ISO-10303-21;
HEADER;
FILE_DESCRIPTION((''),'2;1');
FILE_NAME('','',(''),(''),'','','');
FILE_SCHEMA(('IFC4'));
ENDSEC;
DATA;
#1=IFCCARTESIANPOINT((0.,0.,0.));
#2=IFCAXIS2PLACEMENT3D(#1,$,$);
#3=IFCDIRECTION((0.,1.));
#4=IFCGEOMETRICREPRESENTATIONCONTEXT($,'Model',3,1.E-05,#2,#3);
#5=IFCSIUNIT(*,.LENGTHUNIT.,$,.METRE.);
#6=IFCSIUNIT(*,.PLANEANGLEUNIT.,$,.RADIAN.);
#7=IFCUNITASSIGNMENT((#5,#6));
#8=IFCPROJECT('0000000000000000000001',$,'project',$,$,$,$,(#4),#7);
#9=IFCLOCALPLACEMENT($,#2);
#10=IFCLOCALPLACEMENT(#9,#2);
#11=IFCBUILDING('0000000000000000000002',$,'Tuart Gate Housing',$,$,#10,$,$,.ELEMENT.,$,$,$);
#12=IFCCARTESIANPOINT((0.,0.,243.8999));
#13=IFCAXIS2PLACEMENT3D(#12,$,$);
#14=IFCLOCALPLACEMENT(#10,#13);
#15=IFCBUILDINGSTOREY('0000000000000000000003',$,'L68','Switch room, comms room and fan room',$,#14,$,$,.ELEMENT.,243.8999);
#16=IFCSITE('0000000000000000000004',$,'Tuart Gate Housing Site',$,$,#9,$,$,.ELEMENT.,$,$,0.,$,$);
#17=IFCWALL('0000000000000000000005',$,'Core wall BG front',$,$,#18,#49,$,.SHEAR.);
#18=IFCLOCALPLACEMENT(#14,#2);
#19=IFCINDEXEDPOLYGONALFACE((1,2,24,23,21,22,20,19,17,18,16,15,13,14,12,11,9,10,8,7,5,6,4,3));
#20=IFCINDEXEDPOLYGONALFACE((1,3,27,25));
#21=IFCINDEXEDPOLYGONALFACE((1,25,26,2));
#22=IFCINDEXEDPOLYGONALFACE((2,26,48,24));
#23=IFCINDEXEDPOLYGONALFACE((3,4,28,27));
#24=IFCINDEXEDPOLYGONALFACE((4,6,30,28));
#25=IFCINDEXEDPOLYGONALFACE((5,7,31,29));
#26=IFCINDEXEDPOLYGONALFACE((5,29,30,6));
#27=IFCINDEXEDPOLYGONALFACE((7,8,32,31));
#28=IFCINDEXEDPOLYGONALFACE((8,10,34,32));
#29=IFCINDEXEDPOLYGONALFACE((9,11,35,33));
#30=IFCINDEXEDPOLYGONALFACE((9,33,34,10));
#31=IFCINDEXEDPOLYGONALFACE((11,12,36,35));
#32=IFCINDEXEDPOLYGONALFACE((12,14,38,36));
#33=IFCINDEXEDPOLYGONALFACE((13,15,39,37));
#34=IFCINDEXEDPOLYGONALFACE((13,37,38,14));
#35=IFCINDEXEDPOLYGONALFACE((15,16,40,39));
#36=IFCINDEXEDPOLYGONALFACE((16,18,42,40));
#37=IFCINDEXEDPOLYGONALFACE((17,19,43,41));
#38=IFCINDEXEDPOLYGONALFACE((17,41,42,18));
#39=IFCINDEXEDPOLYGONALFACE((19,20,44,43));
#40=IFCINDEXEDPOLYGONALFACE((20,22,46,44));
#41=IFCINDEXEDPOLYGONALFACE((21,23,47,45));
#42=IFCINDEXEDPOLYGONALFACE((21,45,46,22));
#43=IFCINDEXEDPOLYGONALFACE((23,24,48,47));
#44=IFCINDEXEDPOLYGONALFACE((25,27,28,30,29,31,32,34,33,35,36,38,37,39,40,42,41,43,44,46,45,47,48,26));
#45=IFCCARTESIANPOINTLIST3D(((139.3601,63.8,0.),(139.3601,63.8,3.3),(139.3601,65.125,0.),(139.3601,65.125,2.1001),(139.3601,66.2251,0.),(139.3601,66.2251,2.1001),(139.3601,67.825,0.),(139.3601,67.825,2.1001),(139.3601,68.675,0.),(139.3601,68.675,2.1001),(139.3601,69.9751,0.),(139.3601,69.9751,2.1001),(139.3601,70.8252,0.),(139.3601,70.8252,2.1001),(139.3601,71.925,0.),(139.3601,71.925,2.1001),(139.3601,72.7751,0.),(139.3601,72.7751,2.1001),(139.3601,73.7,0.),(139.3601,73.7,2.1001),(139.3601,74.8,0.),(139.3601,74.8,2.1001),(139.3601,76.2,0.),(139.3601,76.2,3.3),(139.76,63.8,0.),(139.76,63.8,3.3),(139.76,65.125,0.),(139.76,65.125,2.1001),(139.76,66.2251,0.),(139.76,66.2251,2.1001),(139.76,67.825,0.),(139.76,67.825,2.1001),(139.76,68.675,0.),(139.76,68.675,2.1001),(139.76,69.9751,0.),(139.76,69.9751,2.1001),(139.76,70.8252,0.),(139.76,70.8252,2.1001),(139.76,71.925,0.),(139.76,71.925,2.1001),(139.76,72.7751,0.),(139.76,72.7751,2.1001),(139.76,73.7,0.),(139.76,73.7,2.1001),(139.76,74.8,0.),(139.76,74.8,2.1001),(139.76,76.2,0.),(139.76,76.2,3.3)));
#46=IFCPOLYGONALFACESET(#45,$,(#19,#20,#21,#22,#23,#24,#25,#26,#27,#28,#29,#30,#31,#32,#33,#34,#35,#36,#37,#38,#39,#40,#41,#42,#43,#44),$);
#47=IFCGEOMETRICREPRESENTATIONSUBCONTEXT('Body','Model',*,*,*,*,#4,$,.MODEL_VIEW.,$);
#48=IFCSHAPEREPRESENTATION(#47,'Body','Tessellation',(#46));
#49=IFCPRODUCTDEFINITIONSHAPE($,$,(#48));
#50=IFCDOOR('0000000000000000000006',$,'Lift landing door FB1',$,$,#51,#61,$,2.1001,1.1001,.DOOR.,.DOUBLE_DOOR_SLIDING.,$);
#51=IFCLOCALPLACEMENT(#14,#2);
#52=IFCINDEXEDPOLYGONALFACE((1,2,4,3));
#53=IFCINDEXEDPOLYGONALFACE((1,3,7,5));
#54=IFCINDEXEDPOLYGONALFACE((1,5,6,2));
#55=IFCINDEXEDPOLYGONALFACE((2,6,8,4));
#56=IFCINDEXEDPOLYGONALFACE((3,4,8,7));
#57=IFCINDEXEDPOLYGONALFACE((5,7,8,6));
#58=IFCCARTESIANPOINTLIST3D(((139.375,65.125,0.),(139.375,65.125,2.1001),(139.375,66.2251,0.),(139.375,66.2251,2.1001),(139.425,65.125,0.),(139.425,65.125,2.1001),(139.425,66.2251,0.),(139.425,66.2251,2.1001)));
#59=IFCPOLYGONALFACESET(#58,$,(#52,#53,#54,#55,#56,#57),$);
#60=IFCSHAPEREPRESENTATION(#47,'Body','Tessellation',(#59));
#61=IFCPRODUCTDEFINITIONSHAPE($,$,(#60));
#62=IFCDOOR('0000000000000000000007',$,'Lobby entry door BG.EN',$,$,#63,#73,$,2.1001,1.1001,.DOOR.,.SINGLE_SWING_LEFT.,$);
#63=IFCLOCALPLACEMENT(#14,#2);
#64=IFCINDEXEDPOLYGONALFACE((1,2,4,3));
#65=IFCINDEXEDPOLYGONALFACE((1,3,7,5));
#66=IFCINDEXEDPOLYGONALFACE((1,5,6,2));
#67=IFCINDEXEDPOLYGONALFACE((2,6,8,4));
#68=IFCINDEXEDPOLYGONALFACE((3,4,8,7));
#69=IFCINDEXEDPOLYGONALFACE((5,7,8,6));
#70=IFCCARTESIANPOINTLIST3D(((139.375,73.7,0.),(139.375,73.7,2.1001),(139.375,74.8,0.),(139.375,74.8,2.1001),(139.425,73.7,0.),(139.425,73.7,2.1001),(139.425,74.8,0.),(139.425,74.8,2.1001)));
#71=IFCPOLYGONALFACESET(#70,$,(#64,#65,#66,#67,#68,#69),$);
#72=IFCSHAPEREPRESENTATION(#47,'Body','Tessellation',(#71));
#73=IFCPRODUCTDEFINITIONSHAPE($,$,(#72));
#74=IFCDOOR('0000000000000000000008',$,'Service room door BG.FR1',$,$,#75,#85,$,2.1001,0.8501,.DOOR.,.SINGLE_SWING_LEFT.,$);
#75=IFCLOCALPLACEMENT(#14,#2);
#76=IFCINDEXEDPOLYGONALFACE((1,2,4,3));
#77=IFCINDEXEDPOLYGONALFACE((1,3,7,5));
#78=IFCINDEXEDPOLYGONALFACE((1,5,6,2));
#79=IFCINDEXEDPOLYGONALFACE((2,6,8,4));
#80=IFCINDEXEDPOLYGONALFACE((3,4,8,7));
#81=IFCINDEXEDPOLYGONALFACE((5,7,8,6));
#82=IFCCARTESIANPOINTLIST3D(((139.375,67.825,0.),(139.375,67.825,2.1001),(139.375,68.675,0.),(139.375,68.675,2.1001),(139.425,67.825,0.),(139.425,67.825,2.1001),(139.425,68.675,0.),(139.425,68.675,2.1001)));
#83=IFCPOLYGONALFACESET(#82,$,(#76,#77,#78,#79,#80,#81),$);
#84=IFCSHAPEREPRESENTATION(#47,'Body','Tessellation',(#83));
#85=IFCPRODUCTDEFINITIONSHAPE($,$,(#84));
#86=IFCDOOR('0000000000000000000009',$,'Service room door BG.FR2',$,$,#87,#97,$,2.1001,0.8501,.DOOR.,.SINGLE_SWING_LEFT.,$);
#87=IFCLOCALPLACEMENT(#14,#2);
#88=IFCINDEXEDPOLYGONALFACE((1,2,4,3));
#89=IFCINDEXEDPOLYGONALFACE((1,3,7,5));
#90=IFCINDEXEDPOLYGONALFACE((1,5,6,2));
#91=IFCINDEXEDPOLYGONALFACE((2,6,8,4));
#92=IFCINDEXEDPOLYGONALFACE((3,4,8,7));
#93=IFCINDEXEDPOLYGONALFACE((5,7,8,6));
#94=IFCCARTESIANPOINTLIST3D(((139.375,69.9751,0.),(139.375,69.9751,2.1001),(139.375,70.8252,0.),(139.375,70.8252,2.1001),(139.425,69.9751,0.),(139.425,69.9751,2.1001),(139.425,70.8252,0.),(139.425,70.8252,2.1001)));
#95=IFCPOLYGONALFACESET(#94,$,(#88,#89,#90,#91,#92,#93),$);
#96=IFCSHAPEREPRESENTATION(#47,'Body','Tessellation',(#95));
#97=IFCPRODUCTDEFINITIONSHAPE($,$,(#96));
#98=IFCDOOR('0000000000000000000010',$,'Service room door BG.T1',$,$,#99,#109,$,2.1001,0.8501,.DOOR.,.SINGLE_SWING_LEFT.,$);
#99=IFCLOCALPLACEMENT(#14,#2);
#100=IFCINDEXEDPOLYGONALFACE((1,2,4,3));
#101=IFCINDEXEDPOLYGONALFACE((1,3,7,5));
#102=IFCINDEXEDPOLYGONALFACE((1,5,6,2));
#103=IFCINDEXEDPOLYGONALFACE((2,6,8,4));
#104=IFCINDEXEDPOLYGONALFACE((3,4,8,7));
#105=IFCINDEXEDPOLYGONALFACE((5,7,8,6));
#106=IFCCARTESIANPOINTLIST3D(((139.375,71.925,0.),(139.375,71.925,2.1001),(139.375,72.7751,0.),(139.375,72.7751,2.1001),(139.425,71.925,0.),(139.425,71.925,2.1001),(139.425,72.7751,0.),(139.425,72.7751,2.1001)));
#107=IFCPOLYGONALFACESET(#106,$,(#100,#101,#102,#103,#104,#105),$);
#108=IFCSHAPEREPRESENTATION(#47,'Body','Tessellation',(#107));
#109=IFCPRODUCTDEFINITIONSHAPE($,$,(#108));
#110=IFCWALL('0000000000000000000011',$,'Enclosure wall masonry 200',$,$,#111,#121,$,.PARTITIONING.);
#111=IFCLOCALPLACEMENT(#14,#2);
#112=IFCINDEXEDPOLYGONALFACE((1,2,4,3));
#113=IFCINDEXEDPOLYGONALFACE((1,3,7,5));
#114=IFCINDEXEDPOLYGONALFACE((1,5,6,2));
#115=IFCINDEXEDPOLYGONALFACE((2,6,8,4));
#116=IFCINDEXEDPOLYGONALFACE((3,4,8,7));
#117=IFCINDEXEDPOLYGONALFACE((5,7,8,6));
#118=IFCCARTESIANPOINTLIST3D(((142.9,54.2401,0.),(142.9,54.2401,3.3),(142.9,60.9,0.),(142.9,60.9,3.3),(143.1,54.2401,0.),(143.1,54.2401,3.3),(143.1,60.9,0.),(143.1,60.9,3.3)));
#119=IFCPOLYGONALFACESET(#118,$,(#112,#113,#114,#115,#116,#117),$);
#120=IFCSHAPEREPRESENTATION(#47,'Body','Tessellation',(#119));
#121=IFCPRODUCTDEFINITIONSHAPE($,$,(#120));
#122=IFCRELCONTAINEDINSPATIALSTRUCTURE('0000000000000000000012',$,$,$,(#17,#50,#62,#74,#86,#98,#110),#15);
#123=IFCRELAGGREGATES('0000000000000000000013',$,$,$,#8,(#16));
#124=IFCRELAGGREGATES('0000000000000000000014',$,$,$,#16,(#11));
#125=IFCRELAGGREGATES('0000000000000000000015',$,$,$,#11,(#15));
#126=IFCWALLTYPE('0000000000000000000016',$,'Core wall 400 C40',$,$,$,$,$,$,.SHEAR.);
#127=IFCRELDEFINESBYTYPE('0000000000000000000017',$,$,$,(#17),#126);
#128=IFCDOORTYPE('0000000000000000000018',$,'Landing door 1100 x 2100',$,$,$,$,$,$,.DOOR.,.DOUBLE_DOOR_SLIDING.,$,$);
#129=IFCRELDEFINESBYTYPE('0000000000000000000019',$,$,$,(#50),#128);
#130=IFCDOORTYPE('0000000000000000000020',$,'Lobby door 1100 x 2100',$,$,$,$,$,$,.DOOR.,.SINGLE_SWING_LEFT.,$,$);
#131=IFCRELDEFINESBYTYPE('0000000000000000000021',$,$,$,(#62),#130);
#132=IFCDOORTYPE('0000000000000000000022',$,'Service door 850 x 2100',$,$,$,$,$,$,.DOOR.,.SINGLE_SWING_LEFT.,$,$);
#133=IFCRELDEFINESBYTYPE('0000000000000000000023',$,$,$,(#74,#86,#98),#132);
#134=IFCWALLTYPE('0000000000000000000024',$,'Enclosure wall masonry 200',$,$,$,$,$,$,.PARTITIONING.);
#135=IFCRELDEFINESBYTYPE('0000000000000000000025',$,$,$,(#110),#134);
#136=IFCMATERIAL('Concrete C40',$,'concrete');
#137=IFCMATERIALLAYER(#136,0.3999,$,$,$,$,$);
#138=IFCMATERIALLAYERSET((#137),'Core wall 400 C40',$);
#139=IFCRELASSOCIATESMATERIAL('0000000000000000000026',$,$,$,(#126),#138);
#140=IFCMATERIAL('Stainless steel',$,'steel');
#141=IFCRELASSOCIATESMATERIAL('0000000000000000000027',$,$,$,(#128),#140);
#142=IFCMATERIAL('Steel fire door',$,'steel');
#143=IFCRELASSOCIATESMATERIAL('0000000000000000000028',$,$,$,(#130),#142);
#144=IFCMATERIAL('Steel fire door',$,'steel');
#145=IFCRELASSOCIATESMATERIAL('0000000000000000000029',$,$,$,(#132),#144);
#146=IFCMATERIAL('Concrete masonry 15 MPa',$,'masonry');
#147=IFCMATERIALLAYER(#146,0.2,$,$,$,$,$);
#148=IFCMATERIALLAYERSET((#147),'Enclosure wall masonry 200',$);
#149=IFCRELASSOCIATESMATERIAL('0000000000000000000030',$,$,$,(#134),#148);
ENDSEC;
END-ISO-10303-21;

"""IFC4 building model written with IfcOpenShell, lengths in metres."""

from ifc_helpers import new_model, si_unit, direction, frame, frame_2d, origin, place, context, subcontext, project, spatial, rectangle, extrude, material, layer, layer_set, type_object, element, fill, save


model = new_model("IFC4")

# Units and contexts
model_context = context("Model", 3, precision=1e-05, world=origin(), true_north=direction((0.0, 1.0)))
body_context = subcontext(model_context, "Body", "Model", "MODEL_VIEW")
ifc_project = project(units=[si_unit("LENGTHUNIT", "METRE"), si_unit("PLANEANGLEUNIT", "RADIAN")], contexts=[model_context])

# Site, building, storey
site_placement = place(None, origin())
site = spatial("IfcSite", under=ifc_project, at=site_placement, Name="Tuart Gate Housing Site", CompositionType="ELEMENT", RefElevation=0.0)
building_placement = place(site_placement, origin())
building = spatial("IfcBuilding", under=site, at=building_placement, Name="Tuart Gate Housing", CompositionType="ELEMENT")
storey_placement = place(building_placement, frame((0.0, 0.0, 243.8999)))
storey = spatial("IfcBuildingStorey", under=building, at=storey_placement, Name="L68", Description="Switch room, comms room and fan room", CompositionType="ELEMENT", Elevation=243.8999)

# Wall, openings, doors
ifc_material_1 = material(Name="Concrete C40", Category="concrete")
ifc_layer_1 = layer(ifc_material_1, 0.3999)
ifc_layer_set_1 = layer_set([ifc_layer_1], Name="Core wall 400 C40")
wall_type_1 = type_object("IfcWallType", Name="Core wall 400 C40", PredefinedType="SHEAR", material=ifc_layer_set_1)
wall_1_placement = place(storey_placement, frame((139.5601, 63.8, 0.0), z_axis=(0.0, 0.0, 1.0), x_axis=(0.0, 1.0, 0.0)))
wall_1 = element("IfcWall", 1, at=wall_1_placement, inside=storey, type_object=wall_type_1, Name="Core wall BG front", PredefinedType="SHEAR", context=body_context, shape_type="SweptSolid", body=[
    extrude(rectangle(XDim=12.3999, YDim=0.3999, at=frame_2d((6.2, 0.0))), origin(), (0.0, 0.0, 1.0), 3.3),
])
opening_1_placement = place(wall_1_placement, frame((1.325, 0.0, 0.0)))
opening_1 = element("IfcOpeningElement", 2, at=opening_1_placement, cuts=wall_1, PredefinedType="OPENING", context=body_context, shape_type="SweptSolid", body=[
    extrude(rectangle(XDim=1.1001, YDim=2.1001, at=frame_2d((0.55, 1.05))), frame((0.0, 0.21, 0.0), z_axis=(0.0, -1.0, 0.0), x_axis=(1.0, 0.0, 0.0)), (0.0, 0.0, 1.0), 0.4199),
])
opening_2_placement = place(wall_1_placement, frame((4.0249, 0.0, 0.0)))
opening_2 = element("IfcOpeningElement", 3, at=opening_2_placement, cuts=wall_1, PredefinedType="OPENING", context=body_context, shape_type="SweptSolid", body=[
    extrude(rectangle(XDim=0.8501, YDim=2.1001, at=frame_2d((0.425, 1.05))), frame((0.0, 0.21, 0.0), z_axis=(0.0, -1.0, 0.0), x_axis=(1.0, 0.0, 0.0)), (0.0, 0.0, 1.0), 0.4199),
])
opening_3_placement = place(wall_1_placement, frame((6.175, 0.0, 0.0)))
opening_3 = element("IfcOpeningElement", 4, at=opening_3_placement, cuts=wall_1, PredefinedType="OPENING", context=body_context, shape_type="SweptSolid", body=[
    extrude(rectangle(XDim=0.8501, YDim=2.1001, at=frame_2d((0.425, 1.05))), frame((0.0, 0.21, 0.0), z_axis=(0.0, -1.0, 0.0), x_axis=(1.0, 0.0, 0.0)), (0.0, 0.0, 1.0), 0.4199),
])
opening_4_placement = place(wall_1_placement, frame((9.8999, 0.0, 0.0)))
opening_4 = element("IfcOpeningElement", 5, at=opening_4_placement, cuts=wall_1, PredefinedType="OPENING", context=body_context, shape_type="SweptSolid", body=[
    extrude(rectangle(XDim=1.1001, YDim=2.1001, at=frame_2d((0.55, 1.05))), frame((0.0, 0.21, 0.0), z_axis=(0.0, -1.0, 0.0), x_axis=(1.0, 0.0, 0.0)), (0.0, 0.0, 1.0), 0.4199),
])
opening_5_placement = place(wall_1_placement, frame((8.125, 0.0, 0.0)))
opening_5 = element("IfcOpeningElement", 6, at=opening_5_placement, cuts=wall_1, PredefinedType="OPENING", context=body_context, shape_type="SweptSolid", body=[
    extrude(rectangle(XDim=0.8501, YDim=2.1001, at=frame_2d((0.425, 1.05))), frame((0.0, 0.21, 0.0), z_axis=(0.0, -1.0, 0.0), x_axis=(1.0, 0.0, 0.0)), (0.0, 0.0, 1.0), 0.4199),
])
ifc_material_2 = material(Name="Stainless steel", Category="steel")
door_type_1 = type_object("IfcDoorType", Name="Landing door 1100 x 2100", OperationType="DOUBLE_DOOR_SLIDING", PredefinedType="DOOR", material=ifc_material_2)
door_1_placement = place(opening_1_placement, origin())
door_1 = element("IfcDoor", 7, at=door_1_placement, inside=storey, type_object=door_type_1, Name="Lift landing door FB1", OperationType="DOUBLE_DOOR_SLIDING", OverallHeight=2.1001, OverallWidth=1.1001, PredefinedType="DOOR", context=body_context, shape_type="SweptSolid", body=[
    extrude(rectangle(XDim=1.1001, YDim=2.1001, at=frame_2d((0.55, 1.05))), frame((0.0, 0.1851, 0.0), z_axis=(0.0, -1.0, 0.0), x_axis=(1.0, 0.0, 0.0)), (0.0, 0.0, 1.0), 0.05),
])
fill(opening_1, door_1)
ifc_material_3 = material(Name="Steel fire door", Category="steel")
door_type_2 = type_object("IfcDoorType", Name="Lobby door 1100 x 2100", OperationType="SINGLE_SWING_LEFT", PredefinedType="DOOR", material=ifc_material_3)
door_2_placement = place(opening_4_placement, origin())
door_2 = element("IfcDoor", 8, at=door_2_placement, inside=storey, type_object=door_type_2, Name="Lobby entry door BG.EN", OperationType="SINGLE_SWING_LEFT", OverallHeight=2.1001, OverallWidth=1.1001, PredefinedType="DOOR", context=body_context, shape_type="SweptSolid", body=[
    extrude(rectangle(XDim=1.1001, YDim=2.1001, at=frame_2d((0.55, 1.05))), frame((0.0, 0.1851, 0.0), z_axis=(0.0, -1.0, 0.0), x_axis=(1.0, 0.0, 0.0)), (0.0, 0.0, 1.0), 0.05),
])
fill(opening_4, door_2)
ifc_material_4 = material(Name="Steel fire door", Category="steel")
door_type_3 = type_object("IfcDoorType", Name="Service door 850 x 2100", OperationType="SINGLE_SWING_LEFT", PredefinedType="DOOR", material=ifc_material_4)
door_3_placement = place(opening_2_placement, origin())
door_3 = element("IfcDoor", 9, at=door_3_placement, inside=storey, type_object=door_type_3, Name="Service room door BG.FR1", OperationType="SINGLE_SWING_LEFT", OverallHeight=2.1001, OverallWidth=0.8501, PredefinedType="DOOR", context=body_context, shape_type="SweptSolid", body=[
    extrude(rectangle(XDim=0.8501, YDim=2.1001, at=frame_2d((0.425, 1.05))), frame((0.0, 0.1851, 0.0), z_axis=(0.0, -1.0, 0.0), x_axis=(1.0, 0.0, 0.0)), (0.0, 0.0, 1.0), 0.05),
])
fill(opening_2, door_3)
door_4_placement = place(opening_3_placement, origin())
door_4 = element("IfcDoor", 10, at=door_4_placement, inside=storey, type_object=door_type_3, Name="Service room door BG.FR2", OperationType="SINGLE_SWING_LEFT", OverallHeight=2.1001, OverallWidth=0.8501, PredefinedType="DOOR", context=body_context, shape_type="SweptSolid", body=[
    extrude(rectangle(XDim=0.8501, YDim=2.1001, at=frame_2d((0.425, 1.05))), frame((0.0, 0.1851, 0.0), z_axis=(0.0, -1.0, 0.0), x_axis=(1.0, 0.0, 0.0)), (0.0, 0.0, 1.0), 0.05),
])
fill(opening_3, door_4)
door_5_placement = place(opening_5_placement, origin())
door_5 = element("IfcDoor", 11, at=door_5_placement, inside=storey, type_object=door_type_3, Name="Service room door BG.T1", OperationType="SINGLE_SWING_LEFT", OverallHeight=2.1001, OverallWidth=0.8501, PredefinedType="DOOR", context=body_context, shape_type="SweptSolid", body=[
    extrude(rectangle(XDim=0.8501, YDim=2.1001, at=frame_2d((0.425, 1.05))), frame((0.0, 0.1851, 0.0), z_axis=(0.0, -1.0, 0.0), x_axis=(1.0, 0.0, 0.0)), (0.0, 0.0, 1.0), 0.05),
])
fill(opening_5, door_5)

# Wall
ifc_material_5 = material(Name="Concrete masonry 15 MPa", Category="masonry")
ifc_layer_2 = layer(ifc_material_5, 0.2)
ifc_layer_set_2 = layer_set([ifc_layer_2], Name="Enclosure wall masonry 200")
wall_type_2 = type_object("IfcWallType", Name="Enclosure wall masonry 200", PredefinedType="PARTITIONING", material=ifc_layer_set_2)
wall_2_placement = place(storey_placement, frame((143.0, 54.24, 0.0), z_axis=(0.0, 0.0, 1.0), x_axis=(0.0, 1.0, 0.0)))
element("IfcWall", 12, at=wall_2_placement, inside=storey, type_object=wall_type_2, Name="Enclosure wall masonry 200", PredefinedType="PARTITIONING", context=body_context, shape_type="SweptSolid", body=[
    extrude(rectangle(XDim=6.6599, YDim=0.2, at=frame_2d((3.3301, 0.0))), origin(), (0.0, 0.0, 1.0), 3.3),
])

save(model, "model.ifc")
